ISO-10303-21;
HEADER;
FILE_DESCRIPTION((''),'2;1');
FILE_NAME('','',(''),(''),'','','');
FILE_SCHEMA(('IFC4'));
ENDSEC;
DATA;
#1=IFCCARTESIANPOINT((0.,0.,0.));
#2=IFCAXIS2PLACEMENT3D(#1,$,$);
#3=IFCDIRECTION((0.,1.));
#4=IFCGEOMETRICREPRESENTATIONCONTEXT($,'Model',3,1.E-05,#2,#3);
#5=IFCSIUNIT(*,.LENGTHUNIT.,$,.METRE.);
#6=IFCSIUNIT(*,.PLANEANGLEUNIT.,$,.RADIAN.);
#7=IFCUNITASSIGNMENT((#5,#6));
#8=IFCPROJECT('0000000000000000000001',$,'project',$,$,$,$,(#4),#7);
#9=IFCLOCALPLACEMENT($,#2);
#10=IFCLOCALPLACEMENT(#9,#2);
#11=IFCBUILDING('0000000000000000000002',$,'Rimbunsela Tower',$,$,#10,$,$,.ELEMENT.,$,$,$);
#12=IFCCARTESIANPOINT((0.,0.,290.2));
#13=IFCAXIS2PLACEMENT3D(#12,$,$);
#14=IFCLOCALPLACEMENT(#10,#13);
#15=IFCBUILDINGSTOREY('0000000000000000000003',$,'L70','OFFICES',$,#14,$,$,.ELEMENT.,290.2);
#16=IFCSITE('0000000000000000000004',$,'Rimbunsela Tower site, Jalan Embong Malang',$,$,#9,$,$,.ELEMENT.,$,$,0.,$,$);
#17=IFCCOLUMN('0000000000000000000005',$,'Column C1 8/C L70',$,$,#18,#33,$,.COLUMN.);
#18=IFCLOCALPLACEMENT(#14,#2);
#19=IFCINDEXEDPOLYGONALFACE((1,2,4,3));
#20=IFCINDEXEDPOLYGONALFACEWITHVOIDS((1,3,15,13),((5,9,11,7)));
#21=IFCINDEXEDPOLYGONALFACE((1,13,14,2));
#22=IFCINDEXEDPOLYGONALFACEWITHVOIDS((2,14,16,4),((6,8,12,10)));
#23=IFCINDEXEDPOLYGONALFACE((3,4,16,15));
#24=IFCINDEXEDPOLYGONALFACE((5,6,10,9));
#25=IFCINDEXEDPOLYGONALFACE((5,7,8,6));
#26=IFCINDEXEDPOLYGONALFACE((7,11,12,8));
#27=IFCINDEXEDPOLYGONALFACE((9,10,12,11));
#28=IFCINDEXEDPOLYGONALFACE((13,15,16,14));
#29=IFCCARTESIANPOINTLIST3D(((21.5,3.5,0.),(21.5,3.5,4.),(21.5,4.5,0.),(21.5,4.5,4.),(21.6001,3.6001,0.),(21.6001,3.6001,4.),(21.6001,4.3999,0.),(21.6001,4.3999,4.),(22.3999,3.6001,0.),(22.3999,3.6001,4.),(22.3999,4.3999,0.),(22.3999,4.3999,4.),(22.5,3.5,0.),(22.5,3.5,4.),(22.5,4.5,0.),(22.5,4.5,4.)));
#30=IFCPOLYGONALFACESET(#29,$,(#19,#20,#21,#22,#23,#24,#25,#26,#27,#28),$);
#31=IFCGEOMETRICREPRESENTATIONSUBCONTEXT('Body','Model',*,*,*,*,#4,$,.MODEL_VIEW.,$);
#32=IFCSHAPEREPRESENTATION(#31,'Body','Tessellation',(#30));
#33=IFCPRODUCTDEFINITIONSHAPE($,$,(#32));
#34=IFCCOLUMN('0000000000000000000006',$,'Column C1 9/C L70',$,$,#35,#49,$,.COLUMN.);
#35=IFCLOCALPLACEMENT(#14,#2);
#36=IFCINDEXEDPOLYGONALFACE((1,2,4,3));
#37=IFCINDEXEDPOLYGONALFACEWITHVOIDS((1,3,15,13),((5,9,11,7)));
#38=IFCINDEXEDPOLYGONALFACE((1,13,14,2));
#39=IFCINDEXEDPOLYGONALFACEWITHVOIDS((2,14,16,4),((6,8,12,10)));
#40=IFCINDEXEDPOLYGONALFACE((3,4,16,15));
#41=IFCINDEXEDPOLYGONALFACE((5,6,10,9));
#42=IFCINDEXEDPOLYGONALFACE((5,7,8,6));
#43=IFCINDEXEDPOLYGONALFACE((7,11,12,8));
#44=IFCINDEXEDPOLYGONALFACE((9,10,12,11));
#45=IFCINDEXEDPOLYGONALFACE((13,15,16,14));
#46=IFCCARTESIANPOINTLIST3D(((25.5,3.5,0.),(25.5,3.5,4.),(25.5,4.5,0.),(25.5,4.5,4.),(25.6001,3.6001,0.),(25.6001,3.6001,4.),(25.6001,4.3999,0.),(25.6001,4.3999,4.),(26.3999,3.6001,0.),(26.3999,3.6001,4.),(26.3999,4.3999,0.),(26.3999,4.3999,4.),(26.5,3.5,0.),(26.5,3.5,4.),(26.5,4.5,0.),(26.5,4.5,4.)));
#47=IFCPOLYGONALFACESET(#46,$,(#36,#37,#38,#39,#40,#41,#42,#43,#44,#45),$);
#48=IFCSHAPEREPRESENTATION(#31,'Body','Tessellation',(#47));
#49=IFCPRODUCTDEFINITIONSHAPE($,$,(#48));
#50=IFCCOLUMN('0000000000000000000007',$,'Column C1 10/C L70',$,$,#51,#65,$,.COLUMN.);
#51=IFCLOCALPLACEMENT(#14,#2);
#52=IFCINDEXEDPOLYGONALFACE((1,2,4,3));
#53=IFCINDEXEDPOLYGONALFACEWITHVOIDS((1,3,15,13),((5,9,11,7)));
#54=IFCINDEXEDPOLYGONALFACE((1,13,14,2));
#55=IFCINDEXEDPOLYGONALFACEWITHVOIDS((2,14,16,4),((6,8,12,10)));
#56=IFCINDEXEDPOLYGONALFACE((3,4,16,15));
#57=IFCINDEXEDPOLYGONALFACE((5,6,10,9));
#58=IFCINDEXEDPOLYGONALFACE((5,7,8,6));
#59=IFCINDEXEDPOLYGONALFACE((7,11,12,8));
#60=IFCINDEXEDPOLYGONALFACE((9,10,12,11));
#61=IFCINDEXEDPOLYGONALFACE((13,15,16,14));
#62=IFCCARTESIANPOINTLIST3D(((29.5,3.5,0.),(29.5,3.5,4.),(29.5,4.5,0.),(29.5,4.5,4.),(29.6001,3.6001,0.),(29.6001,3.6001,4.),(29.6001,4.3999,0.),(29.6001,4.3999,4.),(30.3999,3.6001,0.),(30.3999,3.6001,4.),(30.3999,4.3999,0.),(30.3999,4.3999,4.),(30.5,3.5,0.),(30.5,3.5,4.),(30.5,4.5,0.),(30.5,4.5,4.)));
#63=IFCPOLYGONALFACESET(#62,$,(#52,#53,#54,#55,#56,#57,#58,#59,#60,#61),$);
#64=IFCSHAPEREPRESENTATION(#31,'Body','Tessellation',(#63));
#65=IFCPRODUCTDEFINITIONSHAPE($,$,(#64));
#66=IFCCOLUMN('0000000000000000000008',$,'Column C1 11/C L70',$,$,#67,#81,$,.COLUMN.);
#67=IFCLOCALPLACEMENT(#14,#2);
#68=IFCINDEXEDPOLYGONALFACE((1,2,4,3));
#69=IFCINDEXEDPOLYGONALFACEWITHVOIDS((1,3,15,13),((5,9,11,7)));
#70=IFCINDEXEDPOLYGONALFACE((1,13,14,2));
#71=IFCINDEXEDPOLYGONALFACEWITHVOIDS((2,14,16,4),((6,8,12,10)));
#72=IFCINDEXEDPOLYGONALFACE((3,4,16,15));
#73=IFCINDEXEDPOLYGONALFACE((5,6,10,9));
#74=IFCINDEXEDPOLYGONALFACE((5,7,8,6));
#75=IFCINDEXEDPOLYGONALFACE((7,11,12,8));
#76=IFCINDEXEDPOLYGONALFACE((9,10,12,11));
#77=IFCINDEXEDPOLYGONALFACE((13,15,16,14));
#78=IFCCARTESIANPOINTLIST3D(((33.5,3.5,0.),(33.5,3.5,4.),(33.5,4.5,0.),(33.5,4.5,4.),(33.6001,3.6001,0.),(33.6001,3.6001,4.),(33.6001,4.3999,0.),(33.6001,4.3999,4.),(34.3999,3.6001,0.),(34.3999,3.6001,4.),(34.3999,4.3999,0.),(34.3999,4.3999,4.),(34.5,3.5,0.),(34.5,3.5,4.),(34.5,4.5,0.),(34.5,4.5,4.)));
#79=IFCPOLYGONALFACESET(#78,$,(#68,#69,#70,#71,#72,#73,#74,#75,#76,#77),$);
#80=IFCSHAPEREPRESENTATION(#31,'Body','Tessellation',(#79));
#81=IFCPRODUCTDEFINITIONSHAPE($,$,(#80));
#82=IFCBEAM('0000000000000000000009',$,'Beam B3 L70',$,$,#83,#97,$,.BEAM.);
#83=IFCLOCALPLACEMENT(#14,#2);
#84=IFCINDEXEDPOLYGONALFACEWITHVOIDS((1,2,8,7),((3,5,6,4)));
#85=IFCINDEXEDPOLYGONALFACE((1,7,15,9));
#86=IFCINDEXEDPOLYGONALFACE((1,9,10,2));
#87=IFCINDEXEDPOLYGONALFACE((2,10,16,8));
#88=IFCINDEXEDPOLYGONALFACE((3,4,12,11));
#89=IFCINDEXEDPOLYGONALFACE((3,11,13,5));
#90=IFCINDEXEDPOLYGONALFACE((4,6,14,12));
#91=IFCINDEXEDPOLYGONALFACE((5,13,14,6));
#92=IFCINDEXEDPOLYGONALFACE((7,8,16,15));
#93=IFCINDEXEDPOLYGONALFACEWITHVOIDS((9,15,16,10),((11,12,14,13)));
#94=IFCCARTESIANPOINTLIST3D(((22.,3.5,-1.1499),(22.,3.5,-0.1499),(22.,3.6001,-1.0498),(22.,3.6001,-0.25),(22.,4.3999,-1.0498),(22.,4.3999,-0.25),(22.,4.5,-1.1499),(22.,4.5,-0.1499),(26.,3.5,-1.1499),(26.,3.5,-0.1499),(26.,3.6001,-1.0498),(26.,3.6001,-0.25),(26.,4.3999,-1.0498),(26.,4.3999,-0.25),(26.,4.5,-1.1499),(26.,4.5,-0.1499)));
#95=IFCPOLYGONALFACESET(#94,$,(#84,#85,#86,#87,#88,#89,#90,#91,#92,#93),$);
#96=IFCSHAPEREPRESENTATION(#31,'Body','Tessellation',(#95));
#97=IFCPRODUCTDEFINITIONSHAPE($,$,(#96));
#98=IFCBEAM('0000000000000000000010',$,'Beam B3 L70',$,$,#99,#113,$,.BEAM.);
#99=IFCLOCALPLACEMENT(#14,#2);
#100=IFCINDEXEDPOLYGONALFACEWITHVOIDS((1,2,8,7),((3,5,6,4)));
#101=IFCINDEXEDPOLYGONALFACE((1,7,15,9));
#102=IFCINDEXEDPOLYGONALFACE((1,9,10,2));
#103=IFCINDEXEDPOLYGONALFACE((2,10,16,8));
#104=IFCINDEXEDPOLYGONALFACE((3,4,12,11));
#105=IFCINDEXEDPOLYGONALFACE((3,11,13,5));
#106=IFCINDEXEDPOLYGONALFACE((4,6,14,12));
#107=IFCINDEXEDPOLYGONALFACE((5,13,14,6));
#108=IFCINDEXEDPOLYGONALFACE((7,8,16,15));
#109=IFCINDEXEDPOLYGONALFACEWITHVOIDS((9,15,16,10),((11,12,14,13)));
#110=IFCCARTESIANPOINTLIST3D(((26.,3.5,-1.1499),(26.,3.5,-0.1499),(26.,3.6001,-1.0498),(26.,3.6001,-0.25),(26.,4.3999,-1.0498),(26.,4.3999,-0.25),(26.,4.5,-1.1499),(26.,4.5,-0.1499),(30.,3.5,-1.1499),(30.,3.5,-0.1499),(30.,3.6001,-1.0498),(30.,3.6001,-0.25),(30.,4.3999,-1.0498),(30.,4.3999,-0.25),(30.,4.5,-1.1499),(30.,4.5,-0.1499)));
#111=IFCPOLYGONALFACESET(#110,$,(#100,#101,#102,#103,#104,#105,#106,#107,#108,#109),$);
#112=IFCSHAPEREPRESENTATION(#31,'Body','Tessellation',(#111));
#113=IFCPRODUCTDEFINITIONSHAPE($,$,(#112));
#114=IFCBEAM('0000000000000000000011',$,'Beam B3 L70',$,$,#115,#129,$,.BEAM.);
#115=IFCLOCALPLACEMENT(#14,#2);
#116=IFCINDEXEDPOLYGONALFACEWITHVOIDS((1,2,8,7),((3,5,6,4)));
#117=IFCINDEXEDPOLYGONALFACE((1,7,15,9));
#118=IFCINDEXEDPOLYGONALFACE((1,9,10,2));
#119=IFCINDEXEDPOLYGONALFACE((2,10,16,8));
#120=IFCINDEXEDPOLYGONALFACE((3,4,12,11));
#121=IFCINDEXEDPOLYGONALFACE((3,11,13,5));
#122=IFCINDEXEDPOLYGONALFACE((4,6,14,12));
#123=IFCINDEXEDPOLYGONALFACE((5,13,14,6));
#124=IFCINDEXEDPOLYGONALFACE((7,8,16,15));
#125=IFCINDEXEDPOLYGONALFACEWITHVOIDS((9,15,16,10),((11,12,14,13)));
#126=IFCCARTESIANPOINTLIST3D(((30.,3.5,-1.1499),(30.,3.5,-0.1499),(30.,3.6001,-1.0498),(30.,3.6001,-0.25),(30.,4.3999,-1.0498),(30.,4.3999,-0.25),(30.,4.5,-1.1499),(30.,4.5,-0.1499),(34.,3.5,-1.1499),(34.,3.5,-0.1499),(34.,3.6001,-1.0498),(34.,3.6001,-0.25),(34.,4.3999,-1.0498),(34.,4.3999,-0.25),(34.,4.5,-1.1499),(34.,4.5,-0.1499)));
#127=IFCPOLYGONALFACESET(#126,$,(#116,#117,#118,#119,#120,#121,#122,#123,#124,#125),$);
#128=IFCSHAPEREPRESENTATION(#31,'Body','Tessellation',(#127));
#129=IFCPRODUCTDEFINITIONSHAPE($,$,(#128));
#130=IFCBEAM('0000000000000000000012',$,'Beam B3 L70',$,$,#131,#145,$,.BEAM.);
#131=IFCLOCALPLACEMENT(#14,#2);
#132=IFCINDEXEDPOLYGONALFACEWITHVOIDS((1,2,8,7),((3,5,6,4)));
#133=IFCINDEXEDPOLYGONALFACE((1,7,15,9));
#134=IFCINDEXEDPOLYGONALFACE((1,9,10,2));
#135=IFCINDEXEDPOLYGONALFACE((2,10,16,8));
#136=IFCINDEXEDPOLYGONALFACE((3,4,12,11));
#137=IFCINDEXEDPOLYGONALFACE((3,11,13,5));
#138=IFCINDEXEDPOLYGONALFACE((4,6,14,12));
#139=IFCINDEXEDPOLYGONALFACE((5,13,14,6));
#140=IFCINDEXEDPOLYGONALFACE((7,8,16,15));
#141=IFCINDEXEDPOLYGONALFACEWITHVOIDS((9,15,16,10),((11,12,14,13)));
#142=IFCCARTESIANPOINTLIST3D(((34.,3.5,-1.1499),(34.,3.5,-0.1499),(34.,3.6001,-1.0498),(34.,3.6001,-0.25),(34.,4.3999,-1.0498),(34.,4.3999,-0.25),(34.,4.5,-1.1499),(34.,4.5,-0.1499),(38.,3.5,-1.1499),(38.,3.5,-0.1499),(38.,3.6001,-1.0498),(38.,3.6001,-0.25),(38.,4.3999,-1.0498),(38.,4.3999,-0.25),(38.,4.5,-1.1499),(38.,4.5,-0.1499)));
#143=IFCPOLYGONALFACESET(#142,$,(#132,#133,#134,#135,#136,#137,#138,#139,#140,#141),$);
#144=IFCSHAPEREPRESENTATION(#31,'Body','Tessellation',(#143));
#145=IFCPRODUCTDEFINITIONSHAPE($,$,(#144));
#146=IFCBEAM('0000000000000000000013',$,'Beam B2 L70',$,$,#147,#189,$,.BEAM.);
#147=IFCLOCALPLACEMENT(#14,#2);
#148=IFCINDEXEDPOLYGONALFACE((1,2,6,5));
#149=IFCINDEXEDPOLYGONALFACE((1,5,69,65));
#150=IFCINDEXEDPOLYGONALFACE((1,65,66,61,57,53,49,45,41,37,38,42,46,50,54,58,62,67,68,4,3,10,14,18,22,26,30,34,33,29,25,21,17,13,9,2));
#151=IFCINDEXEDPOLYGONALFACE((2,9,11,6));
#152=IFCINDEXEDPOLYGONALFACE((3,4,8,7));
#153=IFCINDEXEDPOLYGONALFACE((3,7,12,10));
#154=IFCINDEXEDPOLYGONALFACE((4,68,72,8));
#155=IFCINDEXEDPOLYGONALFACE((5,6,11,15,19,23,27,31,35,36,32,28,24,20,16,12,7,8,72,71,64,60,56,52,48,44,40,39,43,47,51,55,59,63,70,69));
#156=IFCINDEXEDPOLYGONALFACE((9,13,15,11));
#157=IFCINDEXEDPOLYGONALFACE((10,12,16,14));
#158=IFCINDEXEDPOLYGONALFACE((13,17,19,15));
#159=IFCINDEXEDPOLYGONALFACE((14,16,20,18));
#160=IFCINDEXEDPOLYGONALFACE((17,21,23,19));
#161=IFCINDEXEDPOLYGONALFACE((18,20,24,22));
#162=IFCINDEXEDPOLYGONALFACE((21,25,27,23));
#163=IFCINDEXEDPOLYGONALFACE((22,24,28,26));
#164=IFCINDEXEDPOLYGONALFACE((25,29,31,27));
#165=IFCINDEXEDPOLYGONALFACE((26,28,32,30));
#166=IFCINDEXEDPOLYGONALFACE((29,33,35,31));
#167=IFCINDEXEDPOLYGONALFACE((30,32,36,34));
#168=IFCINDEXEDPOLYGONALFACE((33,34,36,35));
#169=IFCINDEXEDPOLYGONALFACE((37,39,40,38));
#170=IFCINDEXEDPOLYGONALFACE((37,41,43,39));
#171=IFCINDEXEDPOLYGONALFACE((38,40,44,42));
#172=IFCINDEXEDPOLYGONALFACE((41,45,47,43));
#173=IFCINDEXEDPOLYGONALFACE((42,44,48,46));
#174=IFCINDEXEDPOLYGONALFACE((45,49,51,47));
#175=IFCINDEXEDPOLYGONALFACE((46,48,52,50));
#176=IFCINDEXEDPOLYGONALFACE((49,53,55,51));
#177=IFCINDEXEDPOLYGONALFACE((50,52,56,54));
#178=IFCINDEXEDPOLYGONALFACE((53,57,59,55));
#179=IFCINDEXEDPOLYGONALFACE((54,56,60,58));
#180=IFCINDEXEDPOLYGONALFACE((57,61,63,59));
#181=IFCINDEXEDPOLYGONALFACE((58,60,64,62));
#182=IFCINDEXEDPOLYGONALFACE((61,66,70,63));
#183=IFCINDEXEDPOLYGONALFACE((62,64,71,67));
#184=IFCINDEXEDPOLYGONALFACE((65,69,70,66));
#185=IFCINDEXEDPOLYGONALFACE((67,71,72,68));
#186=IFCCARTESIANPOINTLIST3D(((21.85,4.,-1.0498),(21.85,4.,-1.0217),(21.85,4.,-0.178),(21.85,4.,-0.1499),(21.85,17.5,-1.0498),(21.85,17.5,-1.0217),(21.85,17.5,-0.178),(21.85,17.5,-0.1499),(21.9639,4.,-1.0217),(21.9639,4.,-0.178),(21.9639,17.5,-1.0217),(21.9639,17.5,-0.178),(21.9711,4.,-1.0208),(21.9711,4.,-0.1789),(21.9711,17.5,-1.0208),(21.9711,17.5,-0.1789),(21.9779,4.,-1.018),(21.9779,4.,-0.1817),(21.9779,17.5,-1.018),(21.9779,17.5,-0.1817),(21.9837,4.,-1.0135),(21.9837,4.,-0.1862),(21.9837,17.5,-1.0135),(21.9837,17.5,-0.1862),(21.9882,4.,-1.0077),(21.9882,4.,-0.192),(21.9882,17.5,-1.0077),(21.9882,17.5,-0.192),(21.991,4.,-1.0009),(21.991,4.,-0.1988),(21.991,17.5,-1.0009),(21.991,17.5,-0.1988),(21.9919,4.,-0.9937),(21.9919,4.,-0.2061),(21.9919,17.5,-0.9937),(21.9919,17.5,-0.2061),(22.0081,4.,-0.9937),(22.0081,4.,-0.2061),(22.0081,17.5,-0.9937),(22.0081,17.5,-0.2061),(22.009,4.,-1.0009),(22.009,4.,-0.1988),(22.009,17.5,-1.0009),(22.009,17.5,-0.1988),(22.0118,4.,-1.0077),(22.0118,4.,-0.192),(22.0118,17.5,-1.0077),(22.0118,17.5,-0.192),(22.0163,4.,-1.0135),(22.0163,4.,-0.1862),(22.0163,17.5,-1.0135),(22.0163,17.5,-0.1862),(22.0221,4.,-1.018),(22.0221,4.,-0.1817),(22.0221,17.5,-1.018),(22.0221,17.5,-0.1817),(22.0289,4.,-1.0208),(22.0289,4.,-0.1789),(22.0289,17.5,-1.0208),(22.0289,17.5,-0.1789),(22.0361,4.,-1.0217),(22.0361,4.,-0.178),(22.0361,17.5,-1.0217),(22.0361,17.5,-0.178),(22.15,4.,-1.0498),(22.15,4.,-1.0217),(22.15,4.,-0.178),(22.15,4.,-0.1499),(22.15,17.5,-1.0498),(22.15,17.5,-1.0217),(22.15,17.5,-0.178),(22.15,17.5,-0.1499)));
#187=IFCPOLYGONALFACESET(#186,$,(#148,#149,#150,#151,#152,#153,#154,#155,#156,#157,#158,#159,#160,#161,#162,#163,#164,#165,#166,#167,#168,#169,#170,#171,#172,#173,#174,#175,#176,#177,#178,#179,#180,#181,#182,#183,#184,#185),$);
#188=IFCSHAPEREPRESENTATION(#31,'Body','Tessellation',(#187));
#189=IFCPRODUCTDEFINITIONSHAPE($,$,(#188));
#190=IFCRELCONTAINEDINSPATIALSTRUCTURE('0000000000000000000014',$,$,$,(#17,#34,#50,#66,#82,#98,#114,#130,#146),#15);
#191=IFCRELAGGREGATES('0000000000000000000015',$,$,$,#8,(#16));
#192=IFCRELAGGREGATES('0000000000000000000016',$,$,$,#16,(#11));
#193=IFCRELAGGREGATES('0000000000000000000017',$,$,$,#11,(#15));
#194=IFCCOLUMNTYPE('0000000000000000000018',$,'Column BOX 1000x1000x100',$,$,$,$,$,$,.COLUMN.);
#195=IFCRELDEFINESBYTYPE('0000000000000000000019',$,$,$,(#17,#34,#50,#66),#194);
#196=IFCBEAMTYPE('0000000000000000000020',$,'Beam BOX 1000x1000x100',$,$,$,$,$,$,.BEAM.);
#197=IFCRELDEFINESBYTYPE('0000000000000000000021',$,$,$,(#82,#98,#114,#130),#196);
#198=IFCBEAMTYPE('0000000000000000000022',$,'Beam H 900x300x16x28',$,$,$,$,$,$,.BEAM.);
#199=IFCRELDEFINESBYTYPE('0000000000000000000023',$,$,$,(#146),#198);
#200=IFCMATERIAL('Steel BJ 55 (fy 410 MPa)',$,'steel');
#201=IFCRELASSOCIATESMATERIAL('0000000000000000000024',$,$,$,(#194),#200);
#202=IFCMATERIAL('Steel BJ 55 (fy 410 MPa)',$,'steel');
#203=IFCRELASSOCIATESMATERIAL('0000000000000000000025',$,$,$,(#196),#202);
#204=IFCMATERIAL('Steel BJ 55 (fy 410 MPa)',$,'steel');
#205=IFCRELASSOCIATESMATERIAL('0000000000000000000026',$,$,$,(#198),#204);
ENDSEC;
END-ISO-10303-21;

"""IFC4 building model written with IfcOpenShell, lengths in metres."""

from ifc_helpers import new_model, si_unit, direction, frame, origin, origin_2d, place, context, subcontext, project, spatial, hollow_rectangle, i_section, extrude, material, material_profile, profile_set, type_object, element, save


model = new_model("IFC4")

# Units and contexts
model_context = context("Model", 3, precision=1e-05, world=origin(), true_north=direction((0.0, 1.0)))
body_context = subcontext(model_context, "Body", "Model", "MODEL_VIEW")
ifc_project = project(units=[si_unit("LENGTHUNIT", "METRE"), si_unit("PLANEANGLEUNIT", "RADIAN")], contexts=[model_context])

# Site, building, storey
site_placement = place(None, origin())
site = spatial("IfcSite", under=ifc_project, at=site_placement, Name="Rimbunsela Tower site, Jalan Embong Malang", CompositionType="ELEMENT", RefElevation=0.0)
building_placement = place(site_placement, origin())
building = spatial("IfcBuilding", under=site, at=building_placement, Name="Rimbunsela Tower", CompositionType="ELEMENT")
storey_placement = place(building_placement, frame((0.0, 0.0, 290.2)))
storey = spatial("IfcBuildingStorey", under=building, at=storey_placement, Name="L70", Description="OFFICES", CompositionType="ELEMENT", Elevation=290.2)

# Columns
ifc_material_1 = material(Name="Steel BJ 55 (fy 410 MPa)", Category="steel")
ifc_material_profile_1 = material_profile(ifc_material_1, hollow_rectangle(XDim=1.0, YDim=1.0, WallThickness=0.1001, at=origin_2d()), Name="BOX 1000x1000x100")
ifc_profile_set_1 = profile_set([ifc_material_profile_1], Name="Steel BJ 55 (fy 410 MPa)")
column_type = type_object("IfcColumnType", Name="Column BOX 1000x1000x100", PredefinedType="COLUMN", material=ifc_profile_set_1)
for number, where, z_axis, x_axis, name in (
    (1, (22.0, 4.0, 0.0), (0.0, 0.0, 1.0), (1.0, 0.0, 0.0), "Column C1 8/C L70"),
    (2, (26.0, 4.0, 0.0), (0.0, 0.0, 1.0), (1.0, 0.0, 0.0), "Column C1 9/C L70"),
    (3, (30.0, 4.0, 0.0), (0.0, 0.0, 1.0), (1.0, 0.0, 0.0), "Column C1 10/C L70"),
    (4, (34.0, 4.0, 0.0), (0.0, 0.0, 1.0), (1.0, 0.0, 0.0), "Column C1 11/C L70"),
):
    element("IfcColumn", number, at=place(storey_placement, frame(where, z_axis=z_axis, x_axis=x_axis)), inside=storey, type_object=column_type, Name=name, PredefinedType="COLUMN", context=body_context, shape_type="SweptSolid", body=[
        extrude(hollow_rectangle(XDim=1.0, YDim=1.0, WallThickness=0.1001, at=origin_2d()), origin(), (0.0, 0.0, 1.0), 4.0),
    ])

# Beams
ifc_material_2 = material(Name="Steel BJ 55 (fy 410 MPa)", Category="steel")
ifc_material_profile_2 = material_profile(ifc_material_2, hollow_rectangle(XDim=1.0, YDim=1.0, WallThickness=0.1001, at=origin_2d()), Name="BOX 1000x1000x100")
ifc_profile_set_2 = profile_set([ifc_material_profile_2], Name="Steel BJ 55 (fy 410 MPa)")
beam_type_1 = type_object("IfcBeamType", Name="Beam BOX 1000x1000x100", PredefinedType="BEAM", material=ifc_profile_set_2)
for number, where, z_axis, x_axis, name in (
    (5, (22.0, 4.0, -0.6499), (1.0, 0.0, 0.0), (0.0, 1.0, 0.0), "Beam B3 L70"),
    (6, (26.0, 4.0, -0.6499), (1.0, 0.0, 0.0), (0.0, 1.0, 0.0), "Beam B3 L70"),
    (7, (30.0, 4.0, -0.6499), (1.0, 0.0, 0.0), (0.0, 1.0, 0.0), "Beam B3 L70"),
    (8, (34.0, 4.0, -0.6499), (1.0, 0.0, 0.0), (0.0, 1.0, 0.0), "Beam B3 L70"),
):
    element("IfcBeam", number, at=place(storey_placement, frame(where, z_axis=z_axis, x_axis=x_axis)), inside=storey, type_object=beam_type_1, Name=name, PredefinedType="BEAM", context=body_context, shape_type="SweptSolid", body=[
        extrude(hollow_rectangle(XDim=1.0, YDim=1.0, WallThickness=0.1001, at=origin_2d()), origin(), (0.0, 0.0, 1.0), 4.0),
    ])
ifc_material_3 = material(Name="Steel BJ 55 (fy 410 MPa)", Category="steel")
ifc_material_profile_3 = material_profile(ifc_material_3, i_section(OverallWidth=0.3, OverallDepth=0.8999, WebThickness=0.0161, FlangeThickness=0.0281, FilletRadius=0.0281, at=origin_2d()), Name="H 900x300x16x28")
ifc_profile_set_3 = profile_set([ifc_material_profile_3], Name="Steel BJ 55 (fy 410 MPa)")
beam_type_2 = type_object("IfcBeamType", Name="Beam H 900x300x16x28", PredefinedType="BEAM", material=ifc_profile_set_3)
for number, where, z_axis, x_axis, name in (
    (9, (22.0, 4.0, -0.5999), (0.0, 1.0, 0.0), (-1.0, 0.0, 0.0), "Beam B2 L70"),
):
    element("IfcBeam", number, at=place(storey_placement, frame(where, z_axis=z_axis, x_axis=x_axis)), inside=storey, type_object=beam_type_2, Name=name, PredefinedType="BEAM", context=body_context, shape_type="SweptSolid", body=[
        extrude(i_section(OverallWidth=0.3, OverallDepth=0.8999, WebThickness=0.0161, FlangeThickness=0.0281, FilletRadius=0.0281, at=origin_2d()), origin(), (0.0, 0.0, 1.0), 13.5),
    ])

save(model, "model.ifc")
